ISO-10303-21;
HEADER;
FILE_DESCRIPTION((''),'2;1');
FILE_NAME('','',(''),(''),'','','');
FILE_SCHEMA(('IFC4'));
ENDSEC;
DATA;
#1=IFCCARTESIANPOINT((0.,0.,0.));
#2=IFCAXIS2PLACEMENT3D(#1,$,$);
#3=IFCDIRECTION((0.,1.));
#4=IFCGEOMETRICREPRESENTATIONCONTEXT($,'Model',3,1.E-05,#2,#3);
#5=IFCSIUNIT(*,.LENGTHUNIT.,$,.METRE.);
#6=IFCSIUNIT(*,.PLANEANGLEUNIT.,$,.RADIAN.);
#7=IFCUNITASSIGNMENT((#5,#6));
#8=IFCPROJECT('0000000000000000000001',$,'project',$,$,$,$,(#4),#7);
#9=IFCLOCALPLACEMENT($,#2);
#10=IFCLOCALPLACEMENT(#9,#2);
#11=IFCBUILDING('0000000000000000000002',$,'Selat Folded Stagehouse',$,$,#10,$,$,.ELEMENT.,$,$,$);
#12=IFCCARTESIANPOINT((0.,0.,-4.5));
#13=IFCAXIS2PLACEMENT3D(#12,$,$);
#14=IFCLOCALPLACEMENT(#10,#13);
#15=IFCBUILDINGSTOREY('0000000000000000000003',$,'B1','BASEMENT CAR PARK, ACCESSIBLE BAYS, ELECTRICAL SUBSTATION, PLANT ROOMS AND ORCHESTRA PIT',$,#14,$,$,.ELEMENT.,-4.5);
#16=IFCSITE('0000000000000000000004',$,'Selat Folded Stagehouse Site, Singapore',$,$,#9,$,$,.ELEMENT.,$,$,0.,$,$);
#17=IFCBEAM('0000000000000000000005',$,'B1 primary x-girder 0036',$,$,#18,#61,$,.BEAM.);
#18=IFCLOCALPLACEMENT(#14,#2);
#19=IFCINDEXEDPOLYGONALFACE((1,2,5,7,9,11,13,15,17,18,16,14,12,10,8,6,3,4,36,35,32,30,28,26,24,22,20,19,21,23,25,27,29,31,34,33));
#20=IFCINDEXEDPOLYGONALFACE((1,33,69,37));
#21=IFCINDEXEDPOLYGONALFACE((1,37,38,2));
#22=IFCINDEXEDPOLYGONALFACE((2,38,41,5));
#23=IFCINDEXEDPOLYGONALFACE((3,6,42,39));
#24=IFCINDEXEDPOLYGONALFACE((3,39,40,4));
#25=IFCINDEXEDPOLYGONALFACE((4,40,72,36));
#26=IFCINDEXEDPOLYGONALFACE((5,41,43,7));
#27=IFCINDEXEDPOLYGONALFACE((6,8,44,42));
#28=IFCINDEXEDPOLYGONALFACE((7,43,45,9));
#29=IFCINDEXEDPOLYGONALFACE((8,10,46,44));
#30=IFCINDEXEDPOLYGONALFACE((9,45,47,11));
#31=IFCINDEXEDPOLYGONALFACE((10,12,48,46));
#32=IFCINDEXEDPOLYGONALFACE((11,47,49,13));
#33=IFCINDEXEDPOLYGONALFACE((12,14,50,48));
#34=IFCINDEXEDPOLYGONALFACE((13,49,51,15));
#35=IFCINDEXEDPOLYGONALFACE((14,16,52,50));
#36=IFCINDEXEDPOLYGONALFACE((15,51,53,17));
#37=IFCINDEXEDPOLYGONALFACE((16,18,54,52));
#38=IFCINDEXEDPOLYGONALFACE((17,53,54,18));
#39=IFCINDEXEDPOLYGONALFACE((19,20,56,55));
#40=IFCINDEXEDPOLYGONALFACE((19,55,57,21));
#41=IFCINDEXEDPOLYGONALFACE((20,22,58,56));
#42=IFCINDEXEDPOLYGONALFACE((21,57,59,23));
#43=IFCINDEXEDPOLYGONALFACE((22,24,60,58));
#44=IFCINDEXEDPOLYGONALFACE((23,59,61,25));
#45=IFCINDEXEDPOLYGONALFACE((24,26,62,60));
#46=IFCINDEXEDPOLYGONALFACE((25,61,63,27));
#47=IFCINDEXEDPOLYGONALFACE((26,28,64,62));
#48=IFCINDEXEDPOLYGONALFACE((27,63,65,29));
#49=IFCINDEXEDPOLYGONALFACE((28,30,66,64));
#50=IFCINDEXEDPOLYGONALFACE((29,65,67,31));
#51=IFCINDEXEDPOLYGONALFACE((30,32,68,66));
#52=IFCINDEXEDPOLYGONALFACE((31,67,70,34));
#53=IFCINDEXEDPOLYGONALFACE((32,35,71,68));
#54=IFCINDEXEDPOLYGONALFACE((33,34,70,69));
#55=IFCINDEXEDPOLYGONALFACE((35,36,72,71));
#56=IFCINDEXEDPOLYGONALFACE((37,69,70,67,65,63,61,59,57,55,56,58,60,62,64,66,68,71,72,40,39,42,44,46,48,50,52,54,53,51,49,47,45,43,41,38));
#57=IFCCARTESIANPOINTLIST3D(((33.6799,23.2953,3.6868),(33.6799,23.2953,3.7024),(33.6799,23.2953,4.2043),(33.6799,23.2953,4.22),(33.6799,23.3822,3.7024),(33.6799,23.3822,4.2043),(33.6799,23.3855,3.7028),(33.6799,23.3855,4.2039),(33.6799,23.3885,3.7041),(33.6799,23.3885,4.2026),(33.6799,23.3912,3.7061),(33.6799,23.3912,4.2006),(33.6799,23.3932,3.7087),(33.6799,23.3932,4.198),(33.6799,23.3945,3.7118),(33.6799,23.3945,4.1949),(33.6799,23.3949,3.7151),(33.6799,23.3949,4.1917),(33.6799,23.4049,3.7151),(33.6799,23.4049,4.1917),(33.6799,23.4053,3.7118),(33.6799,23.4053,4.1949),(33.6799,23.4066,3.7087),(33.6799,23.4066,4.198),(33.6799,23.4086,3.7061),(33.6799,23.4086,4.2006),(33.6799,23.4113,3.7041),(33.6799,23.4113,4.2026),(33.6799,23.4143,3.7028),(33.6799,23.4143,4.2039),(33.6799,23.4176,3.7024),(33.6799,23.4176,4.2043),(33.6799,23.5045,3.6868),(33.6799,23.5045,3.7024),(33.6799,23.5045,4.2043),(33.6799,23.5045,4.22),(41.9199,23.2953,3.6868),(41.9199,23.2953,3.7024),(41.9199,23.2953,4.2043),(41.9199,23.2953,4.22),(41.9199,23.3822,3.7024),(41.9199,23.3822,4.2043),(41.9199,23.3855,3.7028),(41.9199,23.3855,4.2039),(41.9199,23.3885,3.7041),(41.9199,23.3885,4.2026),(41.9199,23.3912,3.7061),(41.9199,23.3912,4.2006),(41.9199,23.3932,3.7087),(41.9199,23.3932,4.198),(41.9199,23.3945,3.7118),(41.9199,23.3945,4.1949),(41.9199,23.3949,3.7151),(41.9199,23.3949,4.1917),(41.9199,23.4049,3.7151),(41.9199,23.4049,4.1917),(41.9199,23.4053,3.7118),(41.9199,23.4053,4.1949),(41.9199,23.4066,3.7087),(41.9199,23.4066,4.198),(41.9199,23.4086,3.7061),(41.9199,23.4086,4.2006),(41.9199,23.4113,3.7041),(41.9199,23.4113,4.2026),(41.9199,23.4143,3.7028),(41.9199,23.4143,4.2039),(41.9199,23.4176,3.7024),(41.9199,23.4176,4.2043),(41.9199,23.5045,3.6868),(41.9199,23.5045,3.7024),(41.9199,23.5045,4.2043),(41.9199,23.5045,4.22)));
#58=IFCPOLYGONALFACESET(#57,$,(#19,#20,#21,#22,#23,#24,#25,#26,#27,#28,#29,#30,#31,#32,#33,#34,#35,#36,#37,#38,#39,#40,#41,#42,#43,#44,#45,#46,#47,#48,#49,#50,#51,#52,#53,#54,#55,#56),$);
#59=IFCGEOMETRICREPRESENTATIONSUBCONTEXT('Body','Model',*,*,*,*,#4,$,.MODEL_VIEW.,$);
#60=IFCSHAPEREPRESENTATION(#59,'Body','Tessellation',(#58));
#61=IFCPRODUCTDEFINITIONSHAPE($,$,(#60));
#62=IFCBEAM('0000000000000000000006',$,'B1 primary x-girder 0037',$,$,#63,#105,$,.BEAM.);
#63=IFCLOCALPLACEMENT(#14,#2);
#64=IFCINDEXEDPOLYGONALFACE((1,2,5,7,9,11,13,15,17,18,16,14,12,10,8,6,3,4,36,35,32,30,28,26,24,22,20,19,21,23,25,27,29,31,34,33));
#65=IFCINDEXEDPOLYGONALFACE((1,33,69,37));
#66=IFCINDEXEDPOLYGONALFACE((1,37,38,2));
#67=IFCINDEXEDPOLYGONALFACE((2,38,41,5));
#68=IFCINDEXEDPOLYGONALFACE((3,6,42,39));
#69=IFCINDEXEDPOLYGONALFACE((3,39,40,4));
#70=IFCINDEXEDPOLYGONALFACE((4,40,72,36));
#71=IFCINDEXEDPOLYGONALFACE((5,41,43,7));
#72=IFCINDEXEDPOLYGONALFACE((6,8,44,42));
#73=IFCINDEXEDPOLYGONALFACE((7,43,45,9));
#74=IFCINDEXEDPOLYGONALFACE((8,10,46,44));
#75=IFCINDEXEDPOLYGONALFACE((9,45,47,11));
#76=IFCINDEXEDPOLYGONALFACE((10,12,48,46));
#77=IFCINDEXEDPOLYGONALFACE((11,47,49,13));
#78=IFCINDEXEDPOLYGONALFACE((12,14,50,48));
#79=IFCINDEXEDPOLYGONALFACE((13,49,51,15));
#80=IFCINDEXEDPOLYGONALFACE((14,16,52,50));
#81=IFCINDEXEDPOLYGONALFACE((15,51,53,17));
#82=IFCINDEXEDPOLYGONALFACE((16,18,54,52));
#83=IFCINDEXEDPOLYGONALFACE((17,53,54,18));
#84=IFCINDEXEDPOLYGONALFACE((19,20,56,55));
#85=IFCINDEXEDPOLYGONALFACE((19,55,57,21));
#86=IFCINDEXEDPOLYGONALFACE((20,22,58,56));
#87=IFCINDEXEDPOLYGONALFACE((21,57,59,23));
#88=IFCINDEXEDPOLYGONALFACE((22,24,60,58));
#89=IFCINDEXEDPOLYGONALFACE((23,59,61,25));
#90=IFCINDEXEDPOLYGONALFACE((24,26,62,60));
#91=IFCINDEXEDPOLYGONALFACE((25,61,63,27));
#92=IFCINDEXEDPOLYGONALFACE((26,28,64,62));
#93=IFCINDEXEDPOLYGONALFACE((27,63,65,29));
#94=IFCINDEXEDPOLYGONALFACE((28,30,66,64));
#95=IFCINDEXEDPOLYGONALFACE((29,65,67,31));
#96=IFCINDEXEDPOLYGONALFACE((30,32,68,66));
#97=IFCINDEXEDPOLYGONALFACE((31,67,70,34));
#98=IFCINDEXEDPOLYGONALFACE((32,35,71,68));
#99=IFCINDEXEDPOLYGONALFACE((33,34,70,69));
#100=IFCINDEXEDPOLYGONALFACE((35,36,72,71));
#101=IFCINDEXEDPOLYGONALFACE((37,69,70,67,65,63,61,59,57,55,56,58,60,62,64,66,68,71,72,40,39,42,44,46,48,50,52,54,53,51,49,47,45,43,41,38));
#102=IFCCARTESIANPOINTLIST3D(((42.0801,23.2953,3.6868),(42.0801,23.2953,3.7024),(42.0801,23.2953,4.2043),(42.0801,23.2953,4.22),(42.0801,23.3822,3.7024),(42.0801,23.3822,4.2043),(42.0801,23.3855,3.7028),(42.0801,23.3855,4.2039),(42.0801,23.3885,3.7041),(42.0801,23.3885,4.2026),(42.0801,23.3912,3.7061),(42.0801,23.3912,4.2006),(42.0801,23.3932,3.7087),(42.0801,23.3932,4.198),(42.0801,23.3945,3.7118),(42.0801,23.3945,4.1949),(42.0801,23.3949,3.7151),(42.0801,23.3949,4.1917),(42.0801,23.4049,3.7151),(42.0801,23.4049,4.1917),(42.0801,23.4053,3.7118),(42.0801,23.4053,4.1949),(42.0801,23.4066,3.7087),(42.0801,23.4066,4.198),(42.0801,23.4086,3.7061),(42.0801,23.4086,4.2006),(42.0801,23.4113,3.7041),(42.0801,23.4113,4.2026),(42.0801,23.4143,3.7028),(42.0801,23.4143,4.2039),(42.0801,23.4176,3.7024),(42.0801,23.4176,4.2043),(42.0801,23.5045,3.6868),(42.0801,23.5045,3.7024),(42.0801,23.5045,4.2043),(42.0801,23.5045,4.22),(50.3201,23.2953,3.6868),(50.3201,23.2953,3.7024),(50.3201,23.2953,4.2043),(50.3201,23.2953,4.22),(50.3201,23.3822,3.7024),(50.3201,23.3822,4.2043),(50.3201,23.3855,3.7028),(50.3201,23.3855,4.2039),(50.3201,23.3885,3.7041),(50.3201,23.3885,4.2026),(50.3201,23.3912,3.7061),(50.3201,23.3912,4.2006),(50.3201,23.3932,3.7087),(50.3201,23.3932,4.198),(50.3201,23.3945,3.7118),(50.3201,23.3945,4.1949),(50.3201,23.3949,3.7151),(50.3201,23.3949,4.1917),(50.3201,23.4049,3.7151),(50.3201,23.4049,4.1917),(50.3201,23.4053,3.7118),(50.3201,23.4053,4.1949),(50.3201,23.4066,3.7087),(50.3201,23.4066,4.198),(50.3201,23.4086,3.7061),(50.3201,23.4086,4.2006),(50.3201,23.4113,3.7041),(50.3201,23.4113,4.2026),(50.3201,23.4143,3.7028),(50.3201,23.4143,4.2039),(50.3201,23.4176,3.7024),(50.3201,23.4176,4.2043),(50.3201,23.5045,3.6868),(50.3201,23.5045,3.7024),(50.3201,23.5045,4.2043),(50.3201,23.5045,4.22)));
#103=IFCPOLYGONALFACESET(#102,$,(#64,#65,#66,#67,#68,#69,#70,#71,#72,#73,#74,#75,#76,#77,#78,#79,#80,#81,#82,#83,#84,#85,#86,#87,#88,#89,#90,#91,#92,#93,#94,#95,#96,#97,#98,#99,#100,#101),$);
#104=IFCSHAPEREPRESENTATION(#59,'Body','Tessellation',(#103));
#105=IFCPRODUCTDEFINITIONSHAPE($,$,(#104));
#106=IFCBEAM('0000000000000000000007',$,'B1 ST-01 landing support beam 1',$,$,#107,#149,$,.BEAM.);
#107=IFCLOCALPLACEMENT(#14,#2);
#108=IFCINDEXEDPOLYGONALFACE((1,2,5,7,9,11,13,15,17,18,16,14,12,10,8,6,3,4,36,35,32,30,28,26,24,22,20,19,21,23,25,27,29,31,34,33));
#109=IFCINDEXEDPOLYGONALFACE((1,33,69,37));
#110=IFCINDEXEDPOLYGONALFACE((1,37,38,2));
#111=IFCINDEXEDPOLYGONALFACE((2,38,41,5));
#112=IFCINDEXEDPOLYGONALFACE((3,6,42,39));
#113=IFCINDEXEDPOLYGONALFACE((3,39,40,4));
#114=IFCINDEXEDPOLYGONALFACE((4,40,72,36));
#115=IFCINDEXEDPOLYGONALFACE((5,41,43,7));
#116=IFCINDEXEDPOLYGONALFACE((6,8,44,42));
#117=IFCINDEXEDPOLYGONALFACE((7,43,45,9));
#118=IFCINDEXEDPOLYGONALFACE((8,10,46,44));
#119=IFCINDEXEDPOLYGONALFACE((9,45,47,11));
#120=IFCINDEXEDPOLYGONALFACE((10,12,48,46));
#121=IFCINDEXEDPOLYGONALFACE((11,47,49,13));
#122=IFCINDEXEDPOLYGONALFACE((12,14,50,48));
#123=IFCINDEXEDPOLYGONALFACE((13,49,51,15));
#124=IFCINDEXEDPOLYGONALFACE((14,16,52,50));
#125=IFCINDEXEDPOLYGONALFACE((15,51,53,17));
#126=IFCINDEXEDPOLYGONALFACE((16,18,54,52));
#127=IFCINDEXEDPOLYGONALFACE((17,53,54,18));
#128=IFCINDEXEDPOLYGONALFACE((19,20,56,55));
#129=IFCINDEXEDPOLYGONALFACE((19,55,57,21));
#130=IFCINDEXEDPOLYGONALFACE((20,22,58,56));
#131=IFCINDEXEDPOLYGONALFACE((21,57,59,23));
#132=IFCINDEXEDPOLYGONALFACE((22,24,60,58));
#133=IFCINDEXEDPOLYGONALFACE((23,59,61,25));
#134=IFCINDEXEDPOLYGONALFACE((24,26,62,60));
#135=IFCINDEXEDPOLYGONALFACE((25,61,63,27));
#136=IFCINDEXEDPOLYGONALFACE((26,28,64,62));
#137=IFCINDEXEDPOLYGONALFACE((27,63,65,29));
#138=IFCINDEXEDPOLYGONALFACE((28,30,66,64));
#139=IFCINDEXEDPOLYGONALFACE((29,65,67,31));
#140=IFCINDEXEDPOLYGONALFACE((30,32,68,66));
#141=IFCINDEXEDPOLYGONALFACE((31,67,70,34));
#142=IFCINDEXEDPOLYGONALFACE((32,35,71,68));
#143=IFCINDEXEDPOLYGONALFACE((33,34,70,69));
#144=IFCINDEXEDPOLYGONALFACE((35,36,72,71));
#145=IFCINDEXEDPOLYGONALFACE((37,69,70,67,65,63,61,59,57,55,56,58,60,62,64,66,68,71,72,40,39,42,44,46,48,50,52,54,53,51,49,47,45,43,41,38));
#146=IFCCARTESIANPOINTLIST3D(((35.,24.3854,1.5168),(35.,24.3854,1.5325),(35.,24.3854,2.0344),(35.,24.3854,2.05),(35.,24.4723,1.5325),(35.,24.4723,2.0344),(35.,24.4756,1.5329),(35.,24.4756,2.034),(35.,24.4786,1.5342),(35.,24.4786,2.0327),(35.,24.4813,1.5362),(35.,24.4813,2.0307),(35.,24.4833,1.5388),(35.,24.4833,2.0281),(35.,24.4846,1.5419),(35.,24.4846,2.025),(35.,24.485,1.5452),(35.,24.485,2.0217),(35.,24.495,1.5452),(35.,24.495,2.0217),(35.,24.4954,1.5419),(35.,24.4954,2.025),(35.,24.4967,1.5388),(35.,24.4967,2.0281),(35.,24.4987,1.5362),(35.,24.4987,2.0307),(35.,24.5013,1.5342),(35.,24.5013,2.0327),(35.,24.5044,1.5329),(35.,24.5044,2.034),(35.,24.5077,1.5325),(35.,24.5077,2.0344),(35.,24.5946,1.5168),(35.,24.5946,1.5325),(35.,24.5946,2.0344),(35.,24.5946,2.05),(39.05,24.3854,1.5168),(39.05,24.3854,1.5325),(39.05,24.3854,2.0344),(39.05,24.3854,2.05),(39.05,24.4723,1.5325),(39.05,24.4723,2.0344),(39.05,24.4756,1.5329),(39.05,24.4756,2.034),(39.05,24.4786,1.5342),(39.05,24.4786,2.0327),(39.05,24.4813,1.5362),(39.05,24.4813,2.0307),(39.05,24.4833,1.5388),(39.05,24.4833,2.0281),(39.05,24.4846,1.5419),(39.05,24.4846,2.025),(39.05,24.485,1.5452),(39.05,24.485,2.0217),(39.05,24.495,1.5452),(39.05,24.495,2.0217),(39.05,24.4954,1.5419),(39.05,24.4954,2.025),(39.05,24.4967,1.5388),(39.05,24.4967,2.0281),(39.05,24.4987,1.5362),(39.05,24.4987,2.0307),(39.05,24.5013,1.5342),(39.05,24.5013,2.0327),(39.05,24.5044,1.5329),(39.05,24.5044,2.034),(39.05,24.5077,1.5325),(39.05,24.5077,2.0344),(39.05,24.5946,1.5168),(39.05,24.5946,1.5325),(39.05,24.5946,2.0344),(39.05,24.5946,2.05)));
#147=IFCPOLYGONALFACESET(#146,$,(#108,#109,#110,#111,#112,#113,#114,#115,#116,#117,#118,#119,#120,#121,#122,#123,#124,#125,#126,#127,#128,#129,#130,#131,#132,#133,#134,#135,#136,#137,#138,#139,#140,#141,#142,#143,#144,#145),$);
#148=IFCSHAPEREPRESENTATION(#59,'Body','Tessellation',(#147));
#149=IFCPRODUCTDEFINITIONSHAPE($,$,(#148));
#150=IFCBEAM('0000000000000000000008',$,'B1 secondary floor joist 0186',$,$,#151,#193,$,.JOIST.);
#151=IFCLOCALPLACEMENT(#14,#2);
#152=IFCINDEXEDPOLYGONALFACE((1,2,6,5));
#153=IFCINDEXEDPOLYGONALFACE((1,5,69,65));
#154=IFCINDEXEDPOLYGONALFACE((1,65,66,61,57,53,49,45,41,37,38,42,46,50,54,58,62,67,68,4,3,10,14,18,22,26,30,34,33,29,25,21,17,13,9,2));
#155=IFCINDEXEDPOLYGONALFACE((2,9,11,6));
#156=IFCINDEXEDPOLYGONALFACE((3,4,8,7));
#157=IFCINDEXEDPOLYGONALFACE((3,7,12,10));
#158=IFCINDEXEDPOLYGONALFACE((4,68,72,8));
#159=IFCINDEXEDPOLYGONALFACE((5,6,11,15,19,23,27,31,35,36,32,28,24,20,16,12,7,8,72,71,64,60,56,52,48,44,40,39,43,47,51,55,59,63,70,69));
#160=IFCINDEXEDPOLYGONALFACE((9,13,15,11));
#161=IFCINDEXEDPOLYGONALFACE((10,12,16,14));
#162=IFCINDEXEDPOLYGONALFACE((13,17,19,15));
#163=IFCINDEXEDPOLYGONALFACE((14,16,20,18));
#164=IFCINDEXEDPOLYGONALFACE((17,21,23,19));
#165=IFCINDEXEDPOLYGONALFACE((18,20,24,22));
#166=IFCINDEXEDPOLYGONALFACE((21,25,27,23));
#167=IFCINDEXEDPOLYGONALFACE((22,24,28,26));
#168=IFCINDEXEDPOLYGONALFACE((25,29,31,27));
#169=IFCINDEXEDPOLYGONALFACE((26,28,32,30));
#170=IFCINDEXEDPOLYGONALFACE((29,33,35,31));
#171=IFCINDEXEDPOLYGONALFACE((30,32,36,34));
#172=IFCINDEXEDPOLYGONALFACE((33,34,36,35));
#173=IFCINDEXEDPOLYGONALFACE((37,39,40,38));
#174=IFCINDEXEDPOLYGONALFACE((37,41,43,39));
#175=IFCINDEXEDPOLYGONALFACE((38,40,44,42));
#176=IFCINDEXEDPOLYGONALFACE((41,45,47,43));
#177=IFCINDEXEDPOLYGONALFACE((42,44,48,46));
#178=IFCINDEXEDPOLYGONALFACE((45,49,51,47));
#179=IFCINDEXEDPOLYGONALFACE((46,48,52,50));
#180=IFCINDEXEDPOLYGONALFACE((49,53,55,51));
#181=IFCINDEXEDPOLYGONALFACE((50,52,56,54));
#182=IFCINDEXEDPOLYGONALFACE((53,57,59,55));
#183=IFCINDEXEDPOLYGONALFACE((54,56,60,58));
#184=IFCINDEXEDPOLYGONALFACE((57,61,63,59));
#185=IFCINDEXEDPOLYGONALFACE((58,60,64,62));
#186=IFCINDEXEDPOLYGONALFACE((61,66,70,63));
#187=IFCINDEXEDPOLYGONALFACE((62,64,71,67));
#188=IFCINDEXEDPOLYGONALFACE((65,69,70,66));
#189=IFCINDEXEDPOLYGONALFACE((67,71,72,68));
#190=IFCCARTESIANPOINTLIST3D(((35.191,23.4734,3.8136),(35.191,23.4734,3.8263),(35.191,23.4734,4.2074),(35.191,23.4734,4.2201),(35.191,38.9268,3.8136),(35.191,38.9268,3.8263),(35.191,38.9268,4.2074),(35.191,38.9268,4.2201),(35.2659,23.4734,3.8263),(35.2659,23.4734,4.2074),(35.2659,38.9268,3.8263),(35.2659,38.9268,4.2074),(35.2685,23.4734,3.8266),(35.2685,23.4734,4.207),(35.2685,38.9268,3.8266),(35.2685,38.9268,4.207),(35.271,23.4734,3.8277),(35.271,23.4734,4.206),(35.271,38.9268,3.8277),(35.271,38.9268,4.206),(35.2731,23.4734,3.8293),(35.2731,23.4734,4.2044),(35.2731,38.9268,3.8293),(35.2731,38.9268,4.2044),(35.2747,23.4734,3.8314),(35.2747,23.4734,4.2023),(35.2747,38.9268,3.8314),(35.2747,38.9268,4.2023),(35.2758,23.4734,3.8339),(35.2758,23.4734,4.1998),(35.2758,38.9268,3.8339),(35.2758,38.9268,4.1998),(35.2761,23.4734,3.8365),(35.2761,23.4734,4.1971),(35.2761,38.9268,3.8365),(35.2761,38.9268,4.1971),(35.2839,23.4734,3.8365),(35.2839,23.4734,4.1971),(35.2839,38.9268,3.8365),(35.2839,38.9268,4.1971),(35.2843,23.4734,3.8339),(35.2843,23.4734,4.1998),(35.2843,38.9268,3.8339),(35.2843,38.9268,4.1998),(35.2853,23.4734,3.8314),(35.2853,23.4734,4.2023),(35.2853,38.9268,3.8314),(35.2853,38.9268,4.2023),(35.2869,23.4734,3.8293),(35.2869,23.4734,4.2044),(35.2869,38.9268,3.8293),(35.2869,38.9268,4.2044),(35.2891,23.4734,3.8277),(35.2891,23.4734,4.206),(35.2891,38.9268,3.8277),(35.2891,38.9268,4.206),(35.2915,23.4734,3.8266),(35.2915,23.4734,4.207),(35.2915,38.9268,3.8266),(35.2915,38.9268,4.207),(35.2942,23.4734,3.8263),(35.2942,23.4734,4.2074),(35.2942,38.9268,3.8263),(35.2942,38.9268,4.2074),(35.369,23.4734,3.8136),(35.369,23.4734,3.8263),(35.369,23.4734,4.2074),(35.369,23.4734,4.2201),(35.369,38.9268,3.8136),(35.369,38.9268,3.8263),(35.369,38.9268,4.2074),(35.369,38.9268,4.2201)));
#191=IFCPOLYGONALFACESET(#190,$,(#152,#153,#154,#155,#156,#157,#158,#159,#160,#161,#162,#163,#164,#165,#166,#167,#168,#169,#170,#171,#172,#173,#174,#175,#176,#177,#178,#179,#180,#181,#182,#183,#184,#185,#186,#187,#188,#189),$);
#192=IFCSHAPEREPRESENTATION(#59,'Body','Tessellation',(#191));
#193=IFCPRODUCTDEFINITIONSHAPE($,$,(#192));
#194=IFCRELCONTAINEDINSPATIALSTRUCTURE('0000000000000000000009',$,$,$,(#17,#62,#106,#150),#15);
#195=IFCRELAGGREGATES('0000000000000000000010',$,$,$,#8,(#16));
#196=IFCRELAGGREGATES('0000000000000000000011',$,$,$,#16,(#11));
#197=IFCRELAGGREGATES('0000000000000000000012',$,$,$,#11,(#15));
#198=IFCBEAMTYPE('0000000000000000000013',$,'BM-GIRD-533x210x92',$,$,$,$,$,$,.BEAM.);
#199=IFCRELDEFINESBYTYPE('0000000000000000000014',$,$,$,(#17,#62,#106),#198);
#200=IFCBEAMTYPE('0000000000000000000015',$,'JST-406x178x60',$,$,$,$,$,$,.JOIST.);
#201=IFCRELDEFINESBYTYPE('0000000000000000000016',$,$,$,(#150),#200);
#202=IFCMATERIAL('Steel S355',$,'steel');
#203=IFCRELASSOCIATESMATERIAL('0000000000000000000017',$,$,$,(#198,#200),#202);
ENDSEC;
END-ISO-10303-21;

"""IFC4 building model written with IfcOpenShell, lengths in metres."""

from ifc_helpers import new_model, si_unit, direction, frame, origin, origin_2d, place, context, subcontext, project, spatial, i_section, extrude, material, material_profile, profile_set, type_object, element, save


model = new_model("IFC4")

# Units and contexts
model_context = context("Model", 3, precision=1e-05, world=origin(), true_north=direction((0.0, 1.0)))
body_context = subcontext(model_context, "Body", "Model", "MODEL_VIEW")
ifc_project = project(units=[si_unit("LENGTHUNIT", "METRE"), si_unit("PLANEANGLEUNIT", "RADIAN")], contexts=[model_context])

# Site, building, storey
site_placement = place(None, origin())
site = spatial("IfcSite", under=ifc_project, at=site_placement, Name="Selat Folded Stagehouse Site, Singapore", CompositionType="ELEMENT", RefElevation=0.0)
building_placement = place(site_placement, origin())
building = spatial("IfcBuilding", under=site, at=building_placement, Name="Selat Folded Stagehouse", CompositionType="ELEMENT")
storey_placement = place(building_placement, frame((0.0, 0.0, -4.5)))
storey = spatial("IfcBuildingStorey", under=building, at=storey_placement, Name="B1", Description="BASEMENT CAR PARK, ACCESSIBLE BAYS, ELECTRICAL SUBSTATION, PLANT ROOMS AND ORCHESTRA PIT", CompositionType="ELEMENT", Elevation=-4.5)

# Shared definitions
ifc_material_1 = material(Name="Steel S355", Category="steel")

# Beams
ifc_material_profile_1 = material_profile(ifc_material_1, i_section(OverallWidth=0.2092, OverallDepth=0.5332, WebThickness=0.01, FlangeThickness=0.0156, FilletRadius=0.0127, at=origin_2d()), Name="UKB 533x210x92")
ifc_profile_set_1 = profile_set([ifc_material_profile_1], Name="Steel S355")
beam_type_1 = type_object("IfcBeamType", Name="BM-GIRD-533x210x92", PredefinedType="BEAM", material=ifc_profile_set_1)
for number, where, z_axis, x_axis, name in (
    (1, (33.6799, 23.3999, 3.9534), (1.0, 0.0, 0.0), (0.0, 1.0, 0.0), "B1 primary x-girder 0036"),
    (2, (42.0801, 23.3999, 3.9534), (1.0, 0.0, 0.0), (0.0, 1.0, 0.0), "B1 primary x-girder 0037"),
):
    element("IfcBeam", number, at=place(storey_placement, frame(where, z_axis=z_axis, x_axis=x_axis)), inside=storey, type_object=beam_type_1, Name=name, PredefinedType="BEAM", context=body_context, shape_type="SweptSolid", body=[
        extrude(i_section(OverallWidth=0.2092, OverallDepth=0.5332, WebThickness=0.01, FlangeThickness=0.0156, FilletRadius=0.0127, at=origin_2d()), origin(), (0.0, 0.0, 1.0), 8.24),
    ])
beam_1_placement = place(storey_placement, frame((35.0, 24.49, 1.7834), z_axis=(1.0, 0.0, 0.0), x_axis=(0.0, 1.0, 0.0)))
element("IfcBeam", 3, at=beam_1_placement, inside=storey, type_object=beam_type_1, Name="B1 ST-01 landing support beam 1", PredefinedType="BEAM", context=body_context, shape_type="SweptSolid", body=[
    extrude(i_section(OverallWidth=0.2092, OverallDepth=0.5332, WebThickness=0.01, FlangeThickness=0.0156, FilletRadius=0.0127, at=origin_2d()), origin(), (0.0, 0.0, 1.0), 4.05),
])
ifc_material_profile_2 = material_profile(ifc_material_1, i_section(OverallWidth=0.178, OverallDepth=0.4065, WebThickness=0.0078, FlangeThickness=0.0127, FilletRadius=0.0103, at=origin_2d()), Name="UKB 406x178x60")
ifc_profile_set_2 = profile_set([ifc_material_profile_2], Name="Steel S355")
beam_type_2 = type_object("IfcBeamType", Name="JST-406x178x60", PredefinedType="JOIST", material=ifc_profile_set_2)
beam_2_placement = place(storey_placement, frame((35.28, 23.4734, 4.0168), z_axis=(0.0, 1.0, 0.0), x_axis=(-1.0, 0.0, 0.0)))
element("IfcBeam", 4, at=beam_2_placement, inside=storey, type_object=beam_type_2, Name="B1 secondary floor joist 0186", PredefinedType="JOIST", context=body_context, shape_type="SweptSolid", body=[
    extrude(i_section(OverallWidth=0.178, OverallDepth=0.4065, WebThickness=0.0078, FlangeThickness=0.0127, FilletRadius=0.0103, at=origin_2d()), origin(), (0.0, 0.0, 1.0), 15.4534),
])

save(model, "model.ifc")
